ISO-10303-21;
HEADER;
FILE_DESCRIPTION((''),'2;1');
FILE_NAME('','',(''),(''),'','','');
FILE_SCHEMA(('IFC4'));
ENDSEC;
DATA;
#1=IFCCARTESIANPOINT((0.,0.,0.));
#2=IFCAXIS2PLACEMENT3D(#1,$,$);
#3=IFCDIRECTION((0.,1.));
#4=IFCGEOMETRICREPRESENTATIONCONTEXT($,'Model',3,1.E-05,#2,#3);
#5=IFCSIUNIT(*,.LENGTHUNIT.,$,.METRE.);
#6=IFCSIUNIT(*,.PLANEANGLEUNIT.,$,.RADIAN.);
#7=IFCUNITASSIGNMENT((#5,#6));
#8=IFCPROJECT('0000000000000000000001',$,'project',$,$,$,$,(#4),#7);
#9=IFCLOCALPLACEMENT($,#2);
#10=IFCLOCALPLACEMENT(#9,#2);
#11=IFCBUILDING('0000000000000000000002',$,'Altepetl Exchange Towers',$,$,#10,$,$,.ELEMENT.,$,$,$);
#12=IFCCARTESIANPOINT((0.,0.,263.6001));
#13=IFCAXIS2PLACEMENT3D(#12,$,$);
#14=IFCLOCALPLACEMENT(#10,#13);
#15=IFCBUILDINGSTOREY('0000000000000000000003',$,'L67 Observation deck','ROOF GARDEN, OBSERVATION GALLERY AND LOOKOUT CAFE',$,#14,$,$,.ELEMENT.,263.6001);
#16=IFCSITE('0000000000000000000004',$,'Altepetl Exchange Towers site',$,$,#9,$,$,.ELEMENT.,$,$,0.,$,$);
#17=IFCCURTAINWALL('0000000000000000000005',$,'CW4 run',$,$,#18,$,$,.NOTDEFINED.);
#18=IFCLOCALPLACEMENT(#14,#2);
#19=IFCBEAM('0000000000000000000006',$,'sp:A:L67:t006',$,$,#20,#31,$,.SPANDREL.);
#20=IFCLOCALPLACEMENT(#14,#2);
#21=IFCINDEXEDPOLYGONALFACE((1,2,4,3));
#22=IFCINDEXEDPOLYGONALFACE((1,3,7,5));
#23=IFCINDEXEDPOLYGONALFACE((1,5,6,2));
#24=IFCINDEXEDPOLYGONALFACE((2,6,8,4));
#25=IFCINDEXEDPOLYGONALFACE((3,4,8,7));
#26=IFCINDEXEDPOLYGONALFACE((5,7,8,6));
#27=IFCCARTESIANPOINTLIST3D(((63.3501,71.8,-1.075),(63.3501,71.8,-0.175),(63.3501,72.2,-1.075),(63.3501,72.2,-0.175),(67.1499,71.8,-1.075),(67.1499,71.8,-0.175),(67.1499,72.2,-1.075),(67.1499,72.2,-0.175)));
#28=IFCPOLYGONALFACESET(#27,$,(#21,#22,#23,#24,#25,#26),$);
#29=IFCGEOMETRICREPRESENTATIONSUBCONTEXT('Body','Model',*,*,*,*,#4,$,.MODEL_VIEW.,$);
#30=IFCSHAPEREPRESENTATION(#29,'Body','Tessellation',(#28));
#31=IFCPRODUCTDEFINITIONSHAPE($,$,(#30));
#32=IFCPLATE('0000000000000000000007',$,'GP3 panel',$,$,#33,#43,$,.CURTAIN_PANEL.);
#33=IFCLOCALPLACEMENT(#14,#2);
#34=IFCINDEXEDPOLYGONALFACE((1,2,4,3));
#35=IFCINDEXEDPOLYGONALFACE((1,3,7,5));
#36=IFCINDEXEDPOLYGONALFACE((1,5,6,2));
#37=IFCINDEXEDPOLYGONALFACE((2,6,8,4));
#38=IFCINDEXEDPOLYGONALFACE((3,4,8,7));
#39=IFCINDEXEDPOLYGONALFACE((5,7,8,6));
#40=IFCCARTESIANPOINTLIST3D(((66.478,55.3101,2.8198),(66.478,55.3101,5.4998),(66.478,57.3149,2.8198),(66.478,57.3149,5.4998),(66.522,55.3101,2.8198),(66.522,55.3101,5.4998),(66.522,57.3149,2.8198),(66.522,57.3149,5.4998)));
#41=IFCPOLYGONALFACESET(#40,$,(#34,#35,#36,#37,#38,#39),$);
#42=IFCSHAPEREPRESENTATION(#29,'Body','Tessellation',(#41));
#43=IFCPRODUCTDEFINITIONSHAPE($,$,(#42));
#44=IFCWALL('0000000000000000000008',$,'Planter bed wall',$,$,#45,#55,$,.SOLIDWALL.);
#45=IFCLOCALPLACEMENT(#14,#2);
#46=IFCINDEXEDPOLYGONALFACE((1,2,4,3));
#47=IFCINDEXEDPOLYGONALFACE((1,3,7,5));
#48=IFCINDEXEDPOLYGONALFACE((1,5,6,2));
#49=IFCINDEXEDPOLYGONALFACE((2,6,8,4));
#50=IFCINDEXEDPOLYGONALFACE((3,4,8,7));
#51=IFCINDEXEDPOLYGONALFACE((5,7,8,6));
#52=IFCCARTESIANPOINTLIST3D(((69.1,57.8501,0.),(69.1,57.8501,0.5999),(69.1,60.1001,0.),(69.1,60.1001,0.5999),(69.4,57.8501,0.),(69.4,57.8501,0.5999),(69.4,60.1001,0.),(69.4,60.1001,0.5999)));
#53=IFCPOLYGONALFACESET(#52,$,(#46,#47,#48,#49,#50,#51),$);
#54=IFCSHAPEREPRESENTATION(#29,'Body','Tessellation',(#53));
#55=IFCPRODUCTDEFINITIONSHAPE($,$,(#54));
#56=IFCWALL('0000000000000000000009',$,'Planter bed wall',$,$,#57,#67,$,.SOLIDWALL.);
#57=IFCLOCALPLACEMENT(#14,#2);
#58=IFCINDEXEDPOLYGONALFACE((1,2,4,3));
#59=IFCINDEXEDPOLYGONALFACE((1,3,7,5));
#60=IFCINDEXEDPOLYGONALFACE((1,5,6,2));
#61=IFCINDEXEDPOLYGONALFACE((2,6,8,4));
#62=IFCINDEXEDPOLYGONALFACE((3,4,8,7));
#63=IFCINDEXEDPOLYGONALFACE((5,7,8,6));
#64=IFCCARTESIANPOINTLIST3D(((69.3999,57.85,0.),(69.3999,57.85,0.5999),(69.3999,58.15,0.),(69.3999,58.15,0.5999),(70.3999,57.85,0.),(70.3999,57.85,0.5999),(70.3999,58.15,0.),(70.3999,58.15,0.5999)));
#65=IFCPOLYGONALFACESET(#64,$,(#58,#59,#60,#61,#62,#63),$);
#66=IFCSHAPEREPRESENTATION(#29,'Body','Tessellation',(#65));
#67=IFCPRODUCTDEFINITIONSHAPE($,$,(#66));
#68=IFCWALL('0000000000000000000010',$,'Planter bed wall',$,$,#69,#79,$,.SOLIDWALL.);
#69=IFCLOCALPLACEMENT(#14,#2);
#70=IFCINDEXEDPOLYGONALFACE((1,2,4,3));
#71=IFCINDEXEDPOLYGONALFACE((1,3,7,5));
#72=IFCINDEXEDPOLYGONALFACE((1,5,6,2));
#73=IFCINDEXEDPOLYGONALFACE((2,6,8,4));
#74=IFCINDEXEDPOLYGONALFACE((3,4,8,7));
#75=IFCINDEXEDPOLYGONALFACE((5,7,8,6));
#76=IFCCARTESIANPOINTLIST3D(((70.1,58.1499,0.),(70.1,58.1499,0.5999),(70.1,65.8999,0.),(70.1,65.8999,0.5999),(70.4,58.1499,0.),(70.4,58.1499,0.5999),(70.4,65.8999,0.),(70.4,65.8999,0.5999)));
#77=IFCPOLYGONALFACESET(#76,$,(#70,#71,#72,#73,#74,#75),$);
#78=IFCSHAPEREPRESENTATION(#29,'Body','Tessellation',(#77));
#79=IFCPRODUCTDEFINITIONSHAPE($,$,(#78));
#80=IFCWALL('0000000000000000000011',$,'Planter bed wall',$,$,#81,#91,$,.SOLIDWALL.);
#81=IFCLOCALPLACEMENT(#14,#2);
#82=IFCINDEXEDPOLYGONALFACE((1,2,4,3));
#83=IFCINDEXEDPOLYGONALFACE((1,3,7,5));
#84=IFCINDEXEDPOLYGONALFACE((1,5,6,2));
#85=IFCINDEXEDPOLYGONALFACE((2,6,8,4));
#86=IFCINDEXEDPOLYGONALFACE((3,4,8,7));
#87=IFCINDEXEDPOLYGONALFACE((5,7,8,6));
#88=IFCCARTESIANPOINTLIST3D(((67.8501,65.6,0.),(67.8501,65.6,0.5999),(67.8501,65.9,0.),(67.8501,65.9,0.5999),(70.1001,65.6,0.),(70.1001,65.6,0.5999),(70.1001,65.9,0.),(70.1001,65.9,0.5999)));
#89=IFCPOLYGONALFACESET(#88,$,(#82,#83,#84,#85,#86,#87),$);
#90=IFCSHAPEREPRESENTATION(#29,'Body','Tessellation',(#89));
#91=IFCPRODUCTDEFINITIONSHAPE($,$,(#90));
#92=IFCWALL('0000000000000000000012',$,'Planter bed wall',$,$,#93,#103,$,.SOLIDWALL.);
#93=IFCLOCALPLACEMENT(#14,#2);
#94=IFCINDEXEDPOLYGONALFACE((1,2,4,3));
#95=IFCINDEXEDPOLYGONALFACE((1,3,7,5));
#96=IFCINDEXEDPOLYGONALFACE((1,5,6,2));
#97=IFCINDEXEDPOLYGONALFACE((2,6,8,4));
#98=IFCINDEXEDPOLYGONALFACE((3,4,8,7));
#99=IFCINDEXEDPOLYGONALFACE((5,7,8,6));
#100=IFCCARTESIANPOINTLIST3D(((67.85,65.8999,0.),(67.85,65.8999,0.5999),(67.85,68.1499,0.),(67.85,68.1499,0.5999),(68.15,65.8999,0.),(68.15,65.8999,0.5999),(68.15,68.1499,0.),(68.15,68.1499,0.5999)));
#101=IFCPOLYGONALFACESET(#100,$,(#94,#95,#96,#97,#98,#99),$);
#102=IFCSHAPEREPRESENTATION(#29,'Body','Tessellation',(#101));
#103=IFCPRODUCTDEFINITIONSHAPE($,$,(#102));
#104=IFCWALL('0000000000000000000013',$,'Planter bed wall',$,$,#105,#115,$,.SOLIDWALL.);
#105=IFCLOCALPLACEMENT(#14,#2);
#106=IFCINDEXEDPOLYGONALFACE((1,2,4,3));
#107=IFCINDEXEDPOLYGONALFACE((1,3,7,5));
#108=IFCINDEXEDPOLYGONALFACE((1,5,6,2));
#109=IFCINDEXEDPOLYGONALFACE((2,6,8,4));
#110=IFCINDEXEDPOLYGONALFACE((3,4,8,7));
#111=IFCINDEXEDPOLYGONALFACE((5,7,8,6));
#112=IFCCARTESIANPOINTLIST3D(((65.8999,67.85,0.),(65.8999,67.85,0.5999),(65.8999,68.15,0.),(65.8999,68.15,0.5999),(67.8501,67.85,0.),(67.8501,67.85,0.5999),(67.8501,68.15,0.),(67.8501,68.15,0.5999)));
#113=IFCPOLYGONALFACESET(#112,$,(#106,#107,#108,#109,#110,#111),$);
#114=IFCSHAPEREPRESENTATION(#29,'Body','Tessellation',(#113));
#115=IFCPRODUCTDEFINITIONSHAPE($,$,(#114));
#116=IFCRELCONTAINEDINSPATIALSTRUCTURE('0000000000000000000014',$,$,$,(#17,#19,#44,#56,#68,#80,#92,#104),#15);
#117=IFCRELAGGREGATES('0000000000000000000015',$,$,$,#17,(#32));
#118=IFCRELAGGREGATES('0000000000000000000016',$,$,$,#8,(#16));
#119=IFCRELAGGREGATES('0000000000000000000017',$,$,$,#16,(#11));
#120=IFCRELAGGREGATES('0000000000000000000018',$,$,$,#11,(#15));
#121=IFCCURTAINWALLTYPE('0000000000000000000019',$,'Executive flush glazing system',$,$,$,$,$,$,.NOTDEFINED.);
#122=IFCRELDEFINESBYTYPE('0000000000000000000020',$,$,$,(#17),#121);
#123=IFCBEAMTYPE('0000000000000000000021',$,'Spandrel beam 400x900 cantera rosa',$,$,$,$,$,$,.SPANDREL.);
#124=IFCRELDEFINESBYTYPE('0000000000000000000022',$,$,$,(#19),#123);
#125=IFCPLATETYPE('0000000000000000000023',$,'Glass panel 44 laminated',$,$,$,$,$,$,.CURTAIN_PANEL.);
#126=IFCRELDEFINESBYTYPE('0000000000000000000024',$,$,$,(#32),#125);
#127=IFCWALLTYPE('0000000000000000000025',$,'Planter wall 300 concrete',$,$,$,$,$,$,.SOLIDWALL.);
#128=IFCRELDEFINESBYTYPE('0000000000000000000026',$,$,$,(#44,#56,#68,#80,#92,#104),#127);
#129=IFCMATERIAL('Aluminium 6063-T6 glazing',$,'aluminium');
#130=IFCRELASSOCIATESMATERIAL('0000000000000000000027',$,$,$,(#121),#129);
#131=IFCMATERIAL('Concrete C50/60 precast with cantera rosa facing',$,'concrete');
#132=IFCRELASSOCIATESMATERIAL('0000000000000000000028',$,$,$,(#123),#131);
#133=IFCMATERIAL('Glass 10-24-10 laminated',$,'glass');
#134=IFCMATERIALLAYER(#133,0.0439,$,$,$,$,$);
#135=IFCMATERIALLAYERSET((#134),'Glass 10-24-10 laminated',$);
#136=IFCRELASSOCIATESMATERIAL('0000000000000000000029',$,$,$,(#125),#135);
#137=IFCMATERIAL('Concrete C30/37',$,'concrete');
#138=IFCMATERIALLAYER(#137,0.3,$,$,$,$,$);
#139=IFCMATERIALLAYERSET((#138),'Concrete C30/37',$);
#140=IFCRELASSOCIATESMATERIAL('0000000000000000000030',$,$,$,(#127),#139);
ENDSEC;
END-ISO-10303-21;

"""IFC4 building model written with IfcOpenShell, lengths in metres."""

from ifc_helpers import new_model, si_unit, direction, frame, frame_2d, origin, origin_2d, place, context, subcontext, project, spatial, rectangle, extrude, material, layer, layer_set, material_profile, profile_set, type_object, element, aggregate, save


model = new_model("IFC4")

# Units and contexts
model_context = context("Model", 3, precision=1e-05, world=origin(), true_north=direction((0.0, 1.0)))
body_context = subcontext(model_context, "Body", "Model", "MODEL_VIEW")
ifc_project = project(units=[si_unit("LENGTHUNIT", "METRE"), si_unit("PLANEANGLEUNIT", "RADIAN")], contexts=[model_context])

# Site, building, storey
site_placement = place(None, origin())
site = spatial("IfcSite", under=ifc_project, at=site_placement, Name="Altepetl Exchange Towers site", CompositionType="ELEMENT", RefElevation=0.0)
building_placement = place(site_placement, origin())
building = spatial("IfcBuilding", under=site, at=building_placement, Name="Altepetl Exchange Towers", CompositionType="ELEMENT")
storey_placement = place(building_placement, frame((0.0, 0.0, 263.6001)))
storey = spatial("IfcBuildingStorey", under=building, at=storey_placement, Name="L67 Observation deck", Description="ROOF GARDEN, OBSERVATION GALLERY AND LOOKOUT CAFE", CompositionType="ELEMENT", Elevation=263.6001)

# Curtain wall
ifc_material_1 = material(Name="Aluminium 6063-T6 glazing", Category="aluminium")
curtain_wall_type = type_object("IfcCurtainWallType", Name="Executive flush glazing system", PredefinedType="NOTDEFINED", material=ifc_material_1)
curtain_wall_placement = place(storey_placement, origin())
curtain_wall = element("IfcCurtainWall", 1, at=curtain_wall_placement, inside=storey, type_object=curtain_wall_type, Name="CW4 run", PredefinedType="NOTDEFINED")

# Beam
ifc_material_2 = material(Name="Concrete C50/60 precast with cantera rosa facing", Category="concrete")
ifc_material_profile_1 = material_profile(ifc_material_2, rectangle(XDim=0.3999, YDim=0.8999, at=origin_2d()), Name="400 x 900")
ifc_profile_set_1 = profile_set([ifc_material_profile_1], Name="Concrete C50/60 precast with cantera rosa facing")
beam_type_1 = type_object("IfcBeamType", Name="Spandrel beam 400x900 cantera rosa", PredefinedType="SPANDREL", material=ifc_profile_set_1)
beam_1_placement = place(storey_placement, frame((67.1499, 72.0, -0.625), z_axis=(-1.0, 0.0, 0.0), x_axis=(0.0, -1.0, 0.0)))
element("IfcBeam", 2, at=beam_1_placement, inside=storey, type_object=beam_type_1, Name="sp:A:L67:t006", PredefinedType="SPANDREL", context=body_context, shape_type="SweptSolid", body=[
    extrude(rectangle(XDim=0.3999, YDim=0.8999, at=origin_2d()), origin(), (0.0, 0.0, 1.0), 3.7998),
])

# Plate
ifc_material_3 = material(Name="Glass 10-24-10 laminated", Category="glass")
ifc_layer_1 = layer(ifc_material_3, 0.0439)
ifc_layer_set_1 = layer_set([ifc_layer_1], Name="Glass 10-24-10 laminated")
plate_type = type_object("IfcPlateType", Name="Glass panel 44 laminated", PredefinedType="CURTAIN_PANEL", material=ifc_layer_set_1)
plate_placement = place(storey_placement, frame((66.5, 56.3125, 2.8198), z_axis=(0.0, 0.0, 1.0), x_axis=(0.0, 1.0, 0.0)))
plate = element("IfcPlate", 3, at=plate_placement, type_object=plate_type, Name="GP3 panel", PredefinedType="CURTAIN_PANEL", context=body_context, shape_type="SweptSolid", body=[
    extrude(rectangle(XDim=2.0049, YDim=0.0439, at=origin_2d()), origin(), (0.0, 0.0, 1.0), 2.6799),
])
aggregate(curtain_wall, [plate])

# Walls
ifc_material_4 = material(Name="Concrete C30/37", Category="concrete")
ifc_layer_2 = layer(ifc_material_4, 0.3)
ifc_layer_set_2 = layer_set([ifc_layer_2], Name="Concrete C30/37")
wall_type_1 = type_object("IfcWallType", Name="Planter wall 300 concrete", PredefinedType="SOLIDWALL", material=ifc_layer_set_2)
wall_1_placement = place(storey_placement, frame((69.25, 60.1001, 0.0), z_axis=(0.0, 0.0, 1.0), x_axis=(0.0, -1.0, 0.0)))
element("IfcWall", 4, at=wall_1_placement, inside=storey, type_object=wall_type_1, Name="Planter bed wall", PredefinedType="SOLIDWALL", context=body_context, shape_type="SweptSolid", body=[
    extrude(rectangle(XDim=2.25, YDim=0.3, at=frame_2d((1.125, 0.0))), origin(), (0.0, 0.0, 1.0), 0.5999),
])
wall_2_placement = place(storey_placement, frame((69.3999, 58.0, 0.0)))
element("IfcWall", 5, at=wall_2_placement, inside=storey, type_object=wall_type_1, Name="Planter bed wall", PredefinedType="SOLIDWALL", context=body_context, shape_type="SweptSolid", body=[
    extrude(rectangle(XDim=1.0, YDim=0.3, at=frame_2d((0.5, 0.0))), origin(), (0.0, 0.0, 1.0), 0.5999),
])
wall_3_placement = place(storey_placement, frame((70.25, 58.1499, 0.0), z_axis=(0.0, 0.0, 1.0), x_axis=(0.0, 1.0, 0.0)))
element("IfcWall", 6, at=wall_3_placement, inside=storey, type_object=wall_type_1, Name="Planter bed wall", PredefinedType="SOLIDWALL", context=body_context, shape_type="SweptSolid", body=[
    extrude(rectangle(XDim=7.75, YDim=0.3, at=frame_2d((3.875, 0.0))), origin(), (0.0, 0.0, 1.0), 0.5999),
])
for number, where, z_axis, x_axis, name in (
    (7, (70.1001, 65.75, 0.0), (0.0, 0.0, 1.0), (-1.0, 0.0, 0.0), "Planter bed wall"),
    (8, (68.0, 65.8999, 0.0), (0.0, 0.0, 1.0), (0.0, 1.0, 0.0), "Planter bed wall"),
):
    element("IfcWall", number, at=place(storey_placement, frame(where, z_axis=z_axis, x_axis=x_axis)), inside=storey, type_object=wall_type_1, Name=name, PredefinedType="SOLIDWALL", context=body_context, shape_type="SweptSolid", body=[
        extrude(rectangle(XDim=2.25, YDim=0.3, at=frame_2d((1.125, 0.0))), origin(), (0.0, 0.0, 1.0), 0.5999),
    ])
wall_4_placement = place(storey_placement, frame((67.8501, 68.0, 0.0), z_axis=(0.0, 0.0, 1.0), x_axis=(-1.0, 0.0, 0.0)))
element("IfcWall", 9, at=wall_4_placement, inside=storey, type_object=wall_type_1, Name="Planter bed wall", PredefinedType="SOLIDWALL", context=body_context, shape_type="SweptSolid", body=[
    extrude(rectangle(XDim=1.9502, YDim=0.3, at=frame_2d((0.9751, 0.0))), origin(), (0.0, 0.0, 1.0), 0.5999),
])

save(model, "model.ifc")
